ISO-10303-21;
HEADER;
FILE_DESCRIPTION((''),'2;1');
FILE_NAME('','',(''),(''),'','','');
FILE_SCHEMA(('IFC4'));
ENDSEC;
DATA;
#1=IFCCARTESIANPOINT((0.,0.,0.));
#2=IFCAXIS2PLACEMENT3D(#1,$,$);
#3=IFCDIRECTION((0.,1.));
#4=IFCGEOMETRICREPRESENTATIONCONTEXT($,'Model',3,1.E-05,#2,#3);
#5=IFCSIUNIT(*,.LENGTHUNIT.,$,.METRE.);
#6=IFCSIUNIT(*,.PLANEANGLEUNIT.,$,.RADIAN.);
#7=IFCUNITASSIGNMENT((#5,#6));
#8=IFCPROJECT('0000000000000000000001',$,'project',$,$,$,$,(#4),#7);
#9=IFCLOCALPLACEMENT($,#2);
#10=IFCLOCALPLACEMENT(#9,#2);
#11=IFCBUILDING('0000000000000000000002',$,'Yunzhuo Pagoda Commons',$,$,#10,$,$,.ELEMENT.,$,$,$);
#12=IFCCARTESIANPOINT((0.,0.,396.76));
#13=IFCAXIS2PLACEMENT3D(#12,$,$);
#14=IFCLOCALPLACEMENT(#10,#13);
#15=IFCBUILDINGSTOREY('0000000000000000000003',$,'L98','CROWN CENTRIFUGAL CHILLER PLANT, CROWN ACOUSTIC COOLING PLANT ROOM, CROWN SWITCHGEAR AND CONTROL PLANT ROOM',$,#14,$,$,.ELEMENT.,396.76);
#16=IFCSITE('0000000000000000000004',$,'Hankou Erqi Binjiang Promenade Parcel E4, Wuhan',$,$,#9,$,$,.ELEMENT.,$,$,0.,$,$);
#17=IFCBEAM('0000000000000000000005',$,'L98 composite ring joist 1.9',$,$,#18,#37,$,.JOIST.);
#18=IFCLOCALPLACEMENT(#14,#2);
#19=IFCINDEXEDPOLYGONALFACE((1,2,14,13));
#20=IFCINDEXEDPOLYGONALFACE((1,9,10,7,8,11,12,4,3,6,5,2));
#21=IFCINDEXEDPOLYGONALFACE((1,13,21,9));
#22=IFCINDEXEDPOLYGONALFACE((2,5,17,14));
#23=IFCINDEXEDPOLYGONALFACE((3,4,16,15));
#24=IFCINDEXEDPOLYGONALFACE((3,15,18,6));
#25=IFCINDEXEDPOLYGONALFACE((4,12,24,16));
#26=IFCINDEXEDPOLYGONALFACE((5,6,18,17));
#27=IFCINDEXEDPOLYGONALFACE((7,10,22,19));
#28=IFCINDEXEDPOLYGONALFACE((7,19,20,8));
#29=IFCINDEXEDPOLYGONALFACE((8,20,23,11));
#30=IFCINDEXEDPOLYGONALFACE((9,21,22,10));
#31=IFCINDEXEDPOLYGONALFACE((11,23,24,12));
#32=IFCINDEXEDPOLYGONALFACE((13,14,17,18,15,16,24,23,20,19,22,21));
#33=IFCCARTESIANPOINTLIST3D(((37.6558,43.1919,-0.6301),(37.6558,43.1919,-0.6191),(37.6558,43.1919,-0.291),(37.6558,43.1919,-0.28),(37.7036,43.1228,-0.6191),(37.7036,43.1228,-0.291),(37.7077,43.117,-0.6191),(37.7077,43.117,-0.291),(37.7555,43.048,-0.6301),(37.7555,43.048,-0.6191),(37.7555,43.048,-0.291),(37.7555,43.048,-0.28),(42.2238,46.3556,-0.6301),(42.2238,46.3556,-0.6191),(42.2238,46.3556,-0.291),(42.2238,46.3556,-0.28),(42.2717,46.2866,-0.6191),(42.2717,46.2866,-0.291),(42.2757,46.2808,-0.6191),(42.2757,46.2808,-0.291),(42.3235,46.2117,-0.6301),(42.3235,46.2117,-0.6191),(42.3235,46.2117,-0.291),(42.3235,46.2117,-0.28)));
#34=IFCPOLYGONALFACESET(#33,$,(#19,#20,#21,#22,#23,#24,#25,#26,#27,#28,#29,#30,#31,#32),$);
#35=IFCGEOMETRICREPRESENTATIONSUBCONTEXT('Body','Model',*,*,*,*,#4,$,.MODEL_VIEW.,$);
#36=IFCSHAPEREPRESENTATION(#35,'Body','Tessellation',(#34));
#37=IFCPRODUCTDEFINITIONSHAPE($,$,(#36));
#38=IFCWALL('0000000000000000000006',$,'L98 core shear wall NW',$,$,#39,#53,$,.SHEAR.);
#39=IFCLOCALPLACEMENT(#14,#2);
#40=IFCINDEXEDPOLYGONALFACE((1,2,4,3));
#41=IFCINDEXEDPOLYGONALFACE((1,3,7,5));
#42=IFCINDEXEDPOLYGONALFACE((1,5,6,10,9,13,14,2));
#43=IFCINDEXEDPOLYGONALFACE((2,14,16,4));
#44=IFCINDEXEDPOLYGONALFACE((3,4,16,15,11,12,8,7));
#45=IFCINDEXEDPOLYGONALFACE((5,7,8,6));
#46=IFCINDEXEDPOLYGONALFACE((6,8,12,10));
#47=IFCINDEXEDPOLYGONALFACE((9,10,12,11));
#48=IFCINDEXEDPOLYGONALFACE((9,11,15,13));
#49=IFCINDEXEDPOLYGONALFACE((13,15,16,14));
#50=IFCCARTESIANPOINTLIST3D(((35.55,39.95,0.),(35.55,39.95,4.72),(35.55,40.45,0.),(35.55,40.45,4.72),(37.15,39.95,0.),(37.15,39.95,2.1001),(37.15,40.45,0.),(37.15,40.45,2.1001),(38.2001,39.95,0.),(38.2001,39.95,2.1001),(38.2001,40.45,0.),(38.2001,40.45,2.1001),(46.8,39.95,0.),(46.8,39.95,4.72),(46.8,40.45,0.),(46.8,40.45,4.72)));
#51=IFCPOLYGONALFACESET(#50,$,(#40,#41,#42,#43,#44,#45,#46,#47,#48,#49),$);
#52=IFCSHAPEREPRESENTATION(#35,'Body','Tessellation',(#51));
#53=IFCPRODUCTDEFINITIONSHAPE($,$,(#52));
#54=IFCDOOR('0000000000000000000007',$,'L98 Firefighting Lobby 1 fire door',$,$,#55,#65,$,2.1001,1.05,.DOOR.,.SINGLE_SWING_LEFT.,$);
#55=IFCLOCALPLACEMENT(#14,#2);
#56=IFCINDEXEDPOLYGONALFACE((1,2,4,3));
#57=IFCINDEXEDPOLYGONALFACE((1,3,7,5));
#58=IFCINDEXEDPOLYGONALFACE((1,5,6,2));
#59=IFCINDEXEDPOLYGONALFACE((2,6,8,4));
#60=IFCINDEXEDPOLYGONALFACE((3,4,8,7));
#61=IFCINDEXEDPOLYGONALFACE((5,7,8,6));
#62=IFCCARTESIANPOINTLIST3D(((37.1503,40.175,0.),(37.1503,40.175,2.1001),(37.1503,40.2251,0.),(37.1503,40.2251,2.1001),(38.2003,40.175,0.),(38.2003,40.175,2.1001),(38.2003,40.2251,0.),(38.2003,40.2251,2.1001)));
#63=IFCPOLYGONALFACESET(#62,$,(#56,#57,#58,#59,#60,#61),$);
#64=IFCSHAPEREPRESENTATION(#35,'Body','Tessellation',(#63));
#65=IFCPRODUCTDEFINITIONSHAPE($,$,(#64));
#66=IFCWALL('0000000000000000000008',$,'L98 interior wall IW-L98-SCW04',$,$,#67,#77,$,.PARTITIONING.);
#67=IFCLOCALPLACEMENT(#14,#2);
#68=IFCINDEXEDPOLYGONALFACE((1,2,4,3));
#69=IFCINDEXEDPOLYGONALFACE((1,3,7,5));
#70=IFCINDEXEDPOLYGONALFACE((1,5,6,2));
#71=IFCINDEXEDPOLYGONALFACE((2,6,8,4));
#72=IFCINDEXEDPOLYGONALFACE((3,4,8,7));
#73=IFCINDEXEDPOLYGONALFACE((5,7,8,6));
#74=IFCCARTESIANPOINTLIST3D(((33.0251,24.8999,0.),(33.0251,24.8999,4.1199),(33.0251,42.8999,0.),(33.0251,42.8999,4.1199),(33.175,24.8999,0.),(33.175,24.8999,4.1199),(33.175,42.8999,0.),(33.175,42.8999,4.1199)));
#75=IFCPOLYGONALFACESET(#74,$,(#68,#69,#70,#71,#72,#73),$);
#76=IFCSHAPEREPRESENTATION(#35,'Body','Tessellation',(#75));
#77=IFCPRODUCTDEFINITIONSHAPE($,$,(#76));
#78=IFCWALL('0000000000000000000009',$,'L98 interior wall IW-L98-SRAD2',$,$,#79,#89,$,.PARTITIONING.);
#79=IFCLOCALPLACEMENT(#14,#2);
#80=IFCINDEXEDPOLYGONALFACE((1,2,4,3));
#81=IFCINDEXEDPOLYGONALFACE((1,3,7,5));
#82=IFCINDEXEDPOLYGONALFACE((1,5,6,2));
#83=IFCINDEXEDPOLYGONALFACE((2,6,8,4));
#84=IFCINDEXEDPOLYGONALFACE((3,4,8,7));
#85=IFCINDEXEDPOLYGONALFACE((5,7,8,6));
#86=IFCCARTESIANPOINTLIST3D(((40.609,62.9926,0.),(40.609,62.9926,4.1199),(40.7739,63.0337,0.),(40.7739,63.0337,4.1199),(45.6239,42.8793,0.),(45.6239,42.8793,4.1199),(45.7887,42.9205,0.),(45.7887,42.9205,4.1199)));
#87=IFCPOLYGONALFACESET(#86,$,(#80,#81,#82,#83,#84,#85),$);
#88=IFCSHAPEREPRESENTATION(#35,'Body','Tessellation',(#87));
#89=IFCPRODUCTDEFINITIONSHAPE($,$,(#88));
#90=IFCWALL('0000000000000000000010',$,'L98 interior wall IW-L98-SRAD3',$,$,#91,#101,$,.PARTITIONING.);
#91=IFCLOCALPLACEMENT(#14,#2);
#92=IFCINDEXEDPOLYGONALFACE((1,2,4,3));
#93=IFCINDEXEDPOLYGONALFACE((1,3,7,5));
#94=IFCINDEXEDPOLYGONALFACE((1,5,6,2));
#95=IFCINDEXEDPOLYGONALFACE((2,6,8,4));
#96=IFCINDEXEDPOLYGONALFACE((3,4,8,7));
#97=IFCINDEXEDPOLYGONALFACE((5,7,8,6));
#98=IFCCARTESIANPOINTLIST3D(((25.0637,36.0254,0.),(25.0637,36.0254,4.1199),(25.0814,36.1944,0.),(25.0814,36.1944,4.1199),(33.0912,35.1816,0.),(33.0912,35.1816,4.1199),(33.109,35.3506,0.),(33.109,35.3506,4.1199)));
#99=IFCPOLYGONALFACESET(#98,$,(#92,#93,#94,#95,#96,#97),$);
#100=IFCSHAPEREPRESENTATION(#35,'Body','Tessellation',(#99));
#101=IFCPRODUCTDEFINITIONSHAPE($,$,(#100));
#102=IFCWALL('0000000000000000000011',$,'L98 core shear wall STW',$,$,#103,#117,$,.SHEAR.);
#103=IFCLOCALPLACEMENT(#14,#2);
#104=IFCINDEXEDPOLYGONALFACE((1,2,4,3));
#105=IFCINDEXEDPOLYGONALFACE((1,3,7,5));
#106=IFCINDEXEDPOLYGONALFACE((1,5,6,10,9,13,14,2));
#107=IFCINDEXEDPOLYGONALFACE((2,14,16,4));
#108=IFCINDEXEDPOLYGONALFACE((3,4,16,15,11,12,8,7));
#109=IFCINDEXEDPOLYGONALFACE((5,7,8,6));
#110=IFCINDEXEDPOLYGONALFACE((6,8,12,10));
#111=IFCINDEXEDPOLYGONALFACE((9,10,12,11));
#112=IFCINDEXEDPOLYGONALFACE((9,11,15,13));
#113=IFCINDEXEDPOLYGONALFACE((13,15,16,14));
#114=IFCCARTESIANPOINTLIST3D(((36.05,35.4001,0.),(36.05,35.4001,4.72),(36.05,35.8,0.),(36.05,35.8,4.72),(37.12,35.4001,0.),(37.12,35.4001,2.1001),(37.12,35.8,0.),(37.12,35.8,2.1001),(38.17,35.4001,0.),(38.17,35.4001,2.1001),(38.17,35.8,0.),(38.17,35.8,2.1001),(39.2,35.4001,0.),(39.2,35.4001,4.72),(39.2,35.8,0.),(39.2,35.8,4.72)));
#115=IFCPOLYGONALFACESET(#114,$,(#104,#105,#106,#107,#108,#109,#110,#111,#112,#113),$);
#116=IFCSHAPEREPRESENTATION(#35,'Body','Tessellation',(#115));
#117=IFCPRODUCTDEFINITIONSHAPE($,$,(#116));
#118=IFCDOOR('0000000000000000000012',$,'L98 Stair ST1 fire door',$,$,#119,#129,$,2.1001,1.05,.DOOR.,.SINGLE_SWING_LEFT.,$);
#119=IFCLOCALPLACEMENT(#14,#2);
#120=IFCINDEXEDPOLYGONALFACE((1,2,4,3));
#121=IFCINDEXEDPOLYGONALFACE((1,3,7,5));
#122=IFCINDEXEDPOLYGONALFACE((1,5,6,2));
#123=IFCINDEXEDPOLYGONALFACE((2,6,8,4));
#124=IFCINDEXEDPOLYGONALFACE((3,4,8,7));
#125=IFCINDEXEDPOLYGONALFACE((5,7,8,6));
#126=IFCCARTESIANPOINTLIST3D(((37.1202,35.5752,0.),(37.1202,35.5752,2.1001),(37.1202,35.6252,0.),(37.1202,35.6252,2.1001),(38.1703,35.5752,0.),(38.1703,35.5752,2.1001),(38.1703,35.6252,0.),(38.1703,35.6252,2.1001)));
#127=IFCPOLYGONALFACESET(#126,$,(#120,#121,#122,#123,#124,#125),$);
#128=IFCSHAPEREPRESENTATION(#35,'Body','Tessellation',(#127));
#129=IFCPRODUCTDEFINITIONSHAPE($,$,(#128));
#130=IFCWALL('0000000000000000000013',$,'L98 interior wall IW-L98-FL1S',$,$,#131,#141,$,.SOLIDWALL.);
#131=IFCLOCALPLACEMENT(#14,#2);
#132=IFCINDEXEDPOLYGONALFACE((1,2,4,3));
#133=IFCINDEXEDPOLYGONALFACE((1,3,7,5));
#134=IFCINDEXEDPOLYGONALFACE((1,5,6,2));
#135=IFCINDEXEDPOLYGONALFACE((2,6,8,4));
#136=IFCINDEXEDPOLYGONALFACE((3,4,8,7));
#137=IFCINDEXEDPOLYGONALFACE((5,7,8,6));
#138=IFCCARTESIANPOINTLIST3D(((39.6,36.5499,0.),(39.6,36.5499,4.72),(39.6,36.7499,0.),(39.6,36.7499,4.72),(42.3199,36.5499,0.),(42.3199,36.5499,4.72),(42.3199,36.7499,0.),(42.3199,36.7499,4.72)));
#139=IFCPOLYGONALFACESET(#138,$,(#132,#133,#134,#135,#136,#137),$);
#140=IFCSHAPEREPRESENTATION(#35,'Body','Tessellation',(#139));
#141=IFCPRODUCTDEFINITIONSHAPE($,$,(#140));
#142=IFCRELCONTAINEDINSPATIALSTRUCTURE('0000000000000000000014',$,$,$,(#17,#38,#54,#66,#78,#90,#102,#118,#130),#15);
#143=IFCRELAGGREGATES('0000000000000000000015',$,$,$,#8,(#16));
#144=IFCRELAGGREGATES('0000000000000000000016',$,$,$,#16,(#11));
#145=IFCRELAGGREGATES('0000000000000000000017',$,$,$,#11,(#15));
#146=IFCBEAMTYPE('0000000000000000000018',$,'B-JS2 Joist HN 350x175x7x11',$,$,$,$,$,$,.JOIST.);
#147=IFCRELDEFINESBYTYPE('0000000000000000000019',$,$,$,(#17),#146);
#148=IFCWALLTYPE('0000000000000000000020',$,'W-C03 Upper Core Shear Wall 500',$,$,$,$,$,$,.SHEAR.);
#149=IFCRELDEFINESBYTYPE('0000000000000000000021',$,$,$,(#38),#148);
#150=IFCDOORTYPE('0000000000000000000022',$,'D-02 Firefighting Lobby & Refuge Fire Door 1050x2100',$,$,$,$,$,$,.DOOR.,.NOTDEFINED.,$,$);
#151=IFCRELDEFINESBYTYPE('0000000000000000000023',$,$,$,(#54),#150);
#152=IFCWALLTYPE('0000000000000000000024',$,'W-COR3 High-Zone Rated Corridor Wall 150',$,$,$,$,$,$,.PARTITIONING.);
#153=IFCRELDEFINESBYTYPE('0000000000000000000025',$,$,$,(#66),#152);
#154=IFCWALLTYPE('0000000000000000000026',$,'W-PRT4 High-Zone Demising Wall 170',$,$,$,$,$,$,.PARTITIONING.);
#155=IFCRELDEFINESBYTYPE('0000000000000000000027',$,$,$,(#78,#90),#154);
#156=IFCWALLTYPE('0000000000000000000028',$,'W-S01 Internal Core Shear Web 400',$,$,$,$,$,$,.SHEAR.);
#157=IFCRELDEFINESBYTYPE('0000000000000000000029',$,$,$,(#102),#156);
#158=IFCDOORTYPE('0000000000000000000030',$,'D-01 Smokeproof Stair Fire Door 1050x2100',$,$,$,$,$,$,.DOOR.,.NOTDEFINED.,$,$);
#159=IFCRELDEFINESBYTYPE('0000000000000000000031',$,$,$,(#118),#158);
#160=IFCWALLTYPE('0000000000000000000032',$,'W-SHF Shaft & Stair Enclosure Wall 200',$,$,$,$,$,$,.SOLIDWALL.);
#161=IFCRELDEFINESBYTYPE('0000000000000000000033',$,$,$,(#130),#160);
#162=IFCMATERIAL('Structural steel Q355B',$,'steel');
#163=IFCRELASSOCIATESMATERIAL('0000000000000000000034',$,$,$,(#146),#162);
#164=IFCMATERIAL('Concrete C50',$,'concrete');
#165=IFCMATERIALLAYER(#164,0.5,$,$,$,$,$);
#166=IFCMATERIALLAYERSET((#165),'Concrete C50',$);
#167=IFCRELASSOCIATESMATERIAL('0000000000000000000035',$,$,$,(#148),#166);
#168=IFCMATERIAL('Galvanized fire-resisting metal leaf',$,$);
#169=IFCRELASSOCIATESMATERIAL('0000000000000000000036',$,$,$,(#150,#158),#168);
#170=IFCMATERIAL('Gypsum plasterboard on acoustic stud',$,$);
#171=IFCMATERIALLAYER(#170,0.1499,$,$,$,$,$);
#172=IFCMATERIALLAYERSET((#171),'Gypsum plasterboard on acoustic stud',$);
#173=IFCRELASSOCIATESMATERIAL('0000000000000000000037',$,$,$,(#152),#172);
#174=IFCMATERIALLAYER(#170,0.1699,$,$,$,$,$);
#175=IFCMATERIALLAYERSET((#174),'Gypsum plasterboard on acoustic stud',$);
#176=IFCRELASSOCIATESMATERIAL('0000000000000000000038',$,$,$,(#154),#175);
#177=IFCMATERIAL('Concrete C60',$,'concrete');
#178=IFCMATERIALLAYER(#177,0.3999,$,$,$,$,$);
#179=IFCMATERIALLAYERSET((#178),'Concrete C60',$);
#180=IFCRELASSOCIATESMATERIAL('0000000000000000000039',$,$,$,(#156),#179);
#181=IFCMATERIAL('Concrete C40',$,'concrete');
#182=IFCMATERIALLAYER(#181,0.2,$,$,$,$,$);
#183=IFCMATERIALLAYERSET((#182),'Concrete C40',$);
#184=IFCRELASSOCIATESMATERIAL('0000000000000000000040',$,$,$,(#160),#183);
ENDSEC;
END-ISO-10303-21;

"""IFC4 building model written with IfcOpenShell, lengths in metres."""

from ifc_helpers import new_model, si_unit, direction, frame, frame_2d, origin, origin_2d, place, context, subcontext, project, spatial, rectangle, i_section, extrude, source, transform, mapped, material, layer, layer_set, material_profile, profile_set, type_object, element, fill, save


model = new_model("IFC4")

# Units and contexts
model_context = context("Model", 3, precision=1e-05, world=origin(), true_north=direction((0.0, 1.0)))
body_context = subcontext(model_context, "Body", "Model", "MODEL_VIEW")
ifc_project = project(units=[si_unit("LENGTHUNIT", "METRE"), si_unit("PLANEANGLEUNIT", "RADIAN")], contexts=[model_context])

# Site, building, storey
site_placement = place(None, origin())
site = spatial("IfcSite", under=ifc_project, at=site_placement, Name="Hankou Erqi Binjiang Promenade Parcel E4, Wuhan", CompositionType="ELEMENT", RefElevation=0.0)
building_placement = place(site_placement, origin())
building = spatial("IfcBuilding", under=site, at=building_placement, Name="Yunzhuo Pagoda Commons", CompositionType="ELEMENT")
storey_placement = place(building_placement, frame((0.0, 0.0, 396.76)))
storey = spatial("IfcBuildingStorey", under=building, at=storey_placement, Name="L98", Description="CROWN CENTRIFUGAL CHILLER PLANT, CROWN ACOUSTIC COOLING PLANT ROOM, CROWN SWITCHGEAR AND CONTROL PLANT ROOM", CompositionType="ELEMENT", Elevation=396.76)

# Beam
ifc_material_1 = material(Name="Structural steel Q355B", Category="steel")
ifc_material_profile_1 = material_profile(ifc_material_1, i_section(OverallWidth=0.175, OverallDepth=0.3501, WebThickness=0.0071, FlangeThickness=0.011, at=origin_2d()), Name="Structural steel Q355B")
ifc_profile_set_1 = profile_set([ifc_material_profile_1], Name="Structural steel Q355B")
beam_type_1 = type_object("IfcBeamType", Name="B-JS2 Joist HN 350x175x7x11", PredefinedType="JOIST", material=ifc_profile_set_1)
shared_shape_1 = source(origin(), body_context, "Body", "SweptSolid", [
    extrude(i_section(OverallWidth=0.175, OverallDepth=0.3501, WebThickness=0.0071, FlangeThickness=0.011, at=origin_2d()), origin(), (0.0, 0.0, 1.0), 5.5566),
])
beam_1_placement = place(storey_placement, frame((42.2737, 46.2837, -0.4551), z_axis=(-0.822085, -0.569365, 0.0), x_axis=(0.569365, -0.822085, 0.0)))
element("IfcBeam", 1, at=beam_1_placement, inside=storey, type_object=beam_type_1, Name="L98 composite ring joist 1.9", PredefinedType="JOIST", context=body_context, shape_type="MappedRepresentation", body=[
    mapped(shared_shape_1, transform((0.0, 0.0, 0.0), scale=1.0)),
])

# Wall, opening, door
ifc_material_2 = material(Name="Concrete C50", Category="concrete")
ifc_layer_1 = layer(ifc_material_2, 0.5)
ifc_layer_set_1 = layer_set([ifc_layer_1], Name="Concrete C50")
wall_type_1 = type_object("IfcWallType", Name="W-C03 Upper Core Shear Wall 500", PredefinedType="SHEAR", material=ifc_layer_set_1)
wall_1_placement = place(storey_placement, frame((35.55, 40.2, 0.0), z_axis=(0.0, 0.0, 1.0), x_axis=(1.0, 0.0, 0.0)))
wall_1 = element("IfcWall", 2, at=wall_1_placement, inside=storey, type_object=wall_type_1, Name="L98 core shear wall NW", PredefinedType="SHEAR", context=body_context, shape_type="SweptSolid", body=[
    extrude(rectangle(XDim=11.25, YDim=0.5, at=frame_2d((5.625, 0.0))), origin(), (0.0, 0.0, 1.0), 4.72),
])
opening_1_placement = place(wall_1_placement, frame((1.6001, 0.0, 0.0)))
opening_1 = element("IfcOpeningElement", 3, at=opening_1_placement, cuts=wall_1, PredefinedType="OPENING", context=body_context, shape_type="SweptSolid", body=[
    extrude(rectangle(XDim=1.05, YDim=2.1001, at=frame_2d((0.5249, 1.05))), frame((0.0, 0.26, 0.0), z_axis=(0.0, -1.0, 0.0), x_axis=(1.0, 0.0, 0.0)), (0.0, 0.0, 1.0), 0.52),
])
ifc_material_3 = material(Name="Galvanized fire-resisting metal leaf")
door_type_1 = type_object("IfcDoorType", Name="D-02 Firefighting Lobby & Refuge Fire Door 1050x2100", OperationType="NOTDEFINED", PredefinedType="DOOR", material=ifc_material_3)
shared_shape_2 = source(origin(), body_context, "Body", "SweptSolid", [
    extrude(rectangle(XDim=1.05, YDim=2.1001, at=frame_2d((0.5249, 1.05))), frame((0.0, 0.0249, 0.0), z_axis=(0.0, -1.0, 0.0), x_axis=(1.0, 0.0, 0.0)), (0.0, 0.0, 1.0), 0.05),
])
door_1_placement = place(opening_1_placement, frame((1.05, 0.0, 0.0), z_axis=(0.0, 0.0, 1.0), x_axis=(-1.0, 0.0, 0.0)))
door_1 = element("IfcDoor", 4, at=door_1_placement, inside=storey, type_object=door_type_1, Name="L98 Firefighting Lobby 1 fire door", OperationType="SINGLE_SWING_LEFT", OverallHeight=2.1001, OverallWidth=1.05, PredefinedType="DOOR", context=body_context, shape_type="MappedRepresentation", body=[
    mapped(shared_shape_2, transform((0.0, 0.0, 0.0), scale=1.0)),
])
fill(opening_1, door_1)

# Walls
ifc_material_4 = material(Name="Gypsum plasterboard on acoustic stud")
ifc_layer_2 = layer(ifc_material_4, 0.1499)
ifc_layer_set_2 = layer_set([ifc_layer_2], Name="Gypsum plasterboard on acoustic stud")
wall_type_2 = type_object("IfcWallType", Name="W-COR3 High-Zone Rated Corridor Wall 150", PredefinedType="PARTITIONING", material=ifc_layer_set_2)
wall_2_placement = place(storey_placement, frame((33.1001, 42.8999, 0.0), z_axis=(0.0, 0.0, 1.0), x_axis=(0.0, -1.0, 0.0)))
element("IfcWall", 5, at=wall_2_placement, inside=storey, type_object=wall_type_2, Name="L98 interior wall IW-L98-SCW04", PredefinedType="PARTITIONING", context=body_context, shape_type="SweptSolid", body=[
    extrude(rectangle(XDim=18.0, YDim=0.1499, at=frame_2d((9.0, 0.0))), origin(), (0.0, 0.0, 1.0), 4.1199),
])
ifc_layer_3 = layer(ifc_material_4, 0.1699)
ifc_layer_set_3 = layer_set([ifc_layer_3], Name="Gypsum plasterboard on acoustic stud")
wall_type_3 = type_object("IfcWallType", Name="W-PRT4 High-Zone Demising Wall 170", PredefinedType="PARTITIONING", material=ifc_layer_set_3)
wall_3_placement = place(storey_placement, frame((45.7063, 42.8999, 0.0), z_axis=(0.0, 0.0, 1.0), x_axis=(-0.241926, 0.970295, 0.0)))
element("IfcWall", 6, at=wall_3_placement, inside=storey, type_object=wall_type_3, Name="L98 interior wall IW-L98-SRAD2", PredefinedType="PARTITIONING", context=body_context, shape_type="SweptSolid", body=[
    extrude(rectangle(XDim=20.729, YDim=0.1699, at=frame_2d((10.3645, 0.0))), origin(), (0.0, 0.0, 1.0), 4.1199),
])
wall_4_placement = place(storey_placement, frame((33.1001, 35.2661, 0.0), z_axis=(0.0, 0.0, 1.0), x_axis=(-0.994522, 0.10453, 0.0)))
element("IfcWall", 7, at=wall_4_placement, inside=storey, type_object=wall_type_3, Name="L98 interior wall IW-L98-SRAD3", PredefinedType="PARTITIONING", context=body_context, shape_type="SweptSolid", body=[
    extrude(rectangle(XDim=8.0718, YDim=0.1699, at=frame_2d((4.0359, 0.0))), origin(), (0.0, 0.0, 1.0), 4.1199),
])

# Wall, opening, door
ifc_material_5 = material(Name="Concrete C60", Category="concrete")
ifc_layer_4 = layer(ifc_material_5, 0.3999)
ifc_layer_set_4 = layer_set([ifc_layer_4], Name="Concrete C60")
wall_type_4 = type_object("IfcWallType", Name="W-S01 Internal Core Shear Web 400", PredefinedType="SHEAR", material=ifc_layer_set_4)
wall_5_placement = place(storey_placement, frame((36.05, 35.6001, 0.0), z_axis=(0.0, 0.0, 1.0), x_axis=(1.0, 0.0, 0.0)))
wall_5 = element("IfcWall", 8, at=wall_5_placement, inside=storey, type_object=wall_type_4, Name="L98 core shear wall STW", PredefinedType="SHEAR", context=body_context, shape_type="SweptSolid", body=[
    extrude(rectangle(XDim=3.1499, YDim=0.3999, at=frame_2d((1.575, 0.0))), origin(), (0.0, 0.0, 1.0), 4.72),
])
opening_2_placement = place(wall_5_placement, frame((1.0701, 0.0, 0.0)))
opening_2 = element("IfcOpeningElement", 9, at=opening_2_placement, cuts=wall_5, PredefinedType="OPENING", context=body_context, shape_type="SweptSolid", body=[
    extrude(rectangle(XDim=1.05, YDim=2.1001, at=frame_2d((0.5249, 1.05))), frame((0.0, 0.21, 0.0), z_axis=(0.0, -1.0, 0.0), x_axis=(1.0, 0.0, 0.0)), (0.0, 0.0, 1.0), 0.4199),
])
door_type_2 = type_object("IfcDoorType", Name="D-01 Smokeproof Stair Fire Door 1050x2100", OperationType="NOTDEFINED", PredefinedType="DOOR", material=ifc_material_3)
door_2_placement = place(opening_2_placement, frame((1.05, 0.0, 0.0), z_axis=(0.0, 0.0, 1.0), x_axis=(-1.0, 0.0, 0.0)))
door_2 = element("IfcDoor", 10, at=door_2_placement, inside=storey, type_object=door_type_2, Name="L98 Stair ST1 fire door", OperationType="SINGLE_SWING_LEFT", OverallHeight=2.1001, OverallWidth=1.05, PredefinedType="DOOR", context=body_context, shape_type="MappedRepresentation", body=[
    mapped(shared_shape_2, transform((0.0, 0.0, 0.0), scale=1.0)),
])
fill(opening_2, door_2)

# Wall
ifc_material_6 = material(Name="Concrete C40", Category="concrete")
ifc_layer_5 = layer(ifc_material_6, 0.2)
ifc_layer_set_5 = layer_set([ifc_layer_5], Name="Concrete C40")
wall_type_5 = type_object("IfcWallType", Name="W-SHF Shaft & Stair Enclosure Wall 200", PredefinedType="SOLIDWALL", material=ifc_layer_set_5)
wall_6_placement = place(storey_placement, frame((39.6001, 36.6499, 0.0), z_axis=(0.0, 0.0, 1.0), x_axis=(1.0, 0.0, 0.0)))
element("IfcWall", 11, at=wall_6_placement, inside=storey, type_object=wall_type_5, Name="L98 interior wall IW-L98-FL1S", PredefinedType="SOLIDWALL", context=body_context, shape_type="SweptSolid", body=[
    extrude(rectangle(XDim=2.72, YDim=0.2, at=frame_2d((1.3599, 0.0))), origin(), (0.0, 0.0, 1.0), 4.72),
])

save(model, "model.ifc")
